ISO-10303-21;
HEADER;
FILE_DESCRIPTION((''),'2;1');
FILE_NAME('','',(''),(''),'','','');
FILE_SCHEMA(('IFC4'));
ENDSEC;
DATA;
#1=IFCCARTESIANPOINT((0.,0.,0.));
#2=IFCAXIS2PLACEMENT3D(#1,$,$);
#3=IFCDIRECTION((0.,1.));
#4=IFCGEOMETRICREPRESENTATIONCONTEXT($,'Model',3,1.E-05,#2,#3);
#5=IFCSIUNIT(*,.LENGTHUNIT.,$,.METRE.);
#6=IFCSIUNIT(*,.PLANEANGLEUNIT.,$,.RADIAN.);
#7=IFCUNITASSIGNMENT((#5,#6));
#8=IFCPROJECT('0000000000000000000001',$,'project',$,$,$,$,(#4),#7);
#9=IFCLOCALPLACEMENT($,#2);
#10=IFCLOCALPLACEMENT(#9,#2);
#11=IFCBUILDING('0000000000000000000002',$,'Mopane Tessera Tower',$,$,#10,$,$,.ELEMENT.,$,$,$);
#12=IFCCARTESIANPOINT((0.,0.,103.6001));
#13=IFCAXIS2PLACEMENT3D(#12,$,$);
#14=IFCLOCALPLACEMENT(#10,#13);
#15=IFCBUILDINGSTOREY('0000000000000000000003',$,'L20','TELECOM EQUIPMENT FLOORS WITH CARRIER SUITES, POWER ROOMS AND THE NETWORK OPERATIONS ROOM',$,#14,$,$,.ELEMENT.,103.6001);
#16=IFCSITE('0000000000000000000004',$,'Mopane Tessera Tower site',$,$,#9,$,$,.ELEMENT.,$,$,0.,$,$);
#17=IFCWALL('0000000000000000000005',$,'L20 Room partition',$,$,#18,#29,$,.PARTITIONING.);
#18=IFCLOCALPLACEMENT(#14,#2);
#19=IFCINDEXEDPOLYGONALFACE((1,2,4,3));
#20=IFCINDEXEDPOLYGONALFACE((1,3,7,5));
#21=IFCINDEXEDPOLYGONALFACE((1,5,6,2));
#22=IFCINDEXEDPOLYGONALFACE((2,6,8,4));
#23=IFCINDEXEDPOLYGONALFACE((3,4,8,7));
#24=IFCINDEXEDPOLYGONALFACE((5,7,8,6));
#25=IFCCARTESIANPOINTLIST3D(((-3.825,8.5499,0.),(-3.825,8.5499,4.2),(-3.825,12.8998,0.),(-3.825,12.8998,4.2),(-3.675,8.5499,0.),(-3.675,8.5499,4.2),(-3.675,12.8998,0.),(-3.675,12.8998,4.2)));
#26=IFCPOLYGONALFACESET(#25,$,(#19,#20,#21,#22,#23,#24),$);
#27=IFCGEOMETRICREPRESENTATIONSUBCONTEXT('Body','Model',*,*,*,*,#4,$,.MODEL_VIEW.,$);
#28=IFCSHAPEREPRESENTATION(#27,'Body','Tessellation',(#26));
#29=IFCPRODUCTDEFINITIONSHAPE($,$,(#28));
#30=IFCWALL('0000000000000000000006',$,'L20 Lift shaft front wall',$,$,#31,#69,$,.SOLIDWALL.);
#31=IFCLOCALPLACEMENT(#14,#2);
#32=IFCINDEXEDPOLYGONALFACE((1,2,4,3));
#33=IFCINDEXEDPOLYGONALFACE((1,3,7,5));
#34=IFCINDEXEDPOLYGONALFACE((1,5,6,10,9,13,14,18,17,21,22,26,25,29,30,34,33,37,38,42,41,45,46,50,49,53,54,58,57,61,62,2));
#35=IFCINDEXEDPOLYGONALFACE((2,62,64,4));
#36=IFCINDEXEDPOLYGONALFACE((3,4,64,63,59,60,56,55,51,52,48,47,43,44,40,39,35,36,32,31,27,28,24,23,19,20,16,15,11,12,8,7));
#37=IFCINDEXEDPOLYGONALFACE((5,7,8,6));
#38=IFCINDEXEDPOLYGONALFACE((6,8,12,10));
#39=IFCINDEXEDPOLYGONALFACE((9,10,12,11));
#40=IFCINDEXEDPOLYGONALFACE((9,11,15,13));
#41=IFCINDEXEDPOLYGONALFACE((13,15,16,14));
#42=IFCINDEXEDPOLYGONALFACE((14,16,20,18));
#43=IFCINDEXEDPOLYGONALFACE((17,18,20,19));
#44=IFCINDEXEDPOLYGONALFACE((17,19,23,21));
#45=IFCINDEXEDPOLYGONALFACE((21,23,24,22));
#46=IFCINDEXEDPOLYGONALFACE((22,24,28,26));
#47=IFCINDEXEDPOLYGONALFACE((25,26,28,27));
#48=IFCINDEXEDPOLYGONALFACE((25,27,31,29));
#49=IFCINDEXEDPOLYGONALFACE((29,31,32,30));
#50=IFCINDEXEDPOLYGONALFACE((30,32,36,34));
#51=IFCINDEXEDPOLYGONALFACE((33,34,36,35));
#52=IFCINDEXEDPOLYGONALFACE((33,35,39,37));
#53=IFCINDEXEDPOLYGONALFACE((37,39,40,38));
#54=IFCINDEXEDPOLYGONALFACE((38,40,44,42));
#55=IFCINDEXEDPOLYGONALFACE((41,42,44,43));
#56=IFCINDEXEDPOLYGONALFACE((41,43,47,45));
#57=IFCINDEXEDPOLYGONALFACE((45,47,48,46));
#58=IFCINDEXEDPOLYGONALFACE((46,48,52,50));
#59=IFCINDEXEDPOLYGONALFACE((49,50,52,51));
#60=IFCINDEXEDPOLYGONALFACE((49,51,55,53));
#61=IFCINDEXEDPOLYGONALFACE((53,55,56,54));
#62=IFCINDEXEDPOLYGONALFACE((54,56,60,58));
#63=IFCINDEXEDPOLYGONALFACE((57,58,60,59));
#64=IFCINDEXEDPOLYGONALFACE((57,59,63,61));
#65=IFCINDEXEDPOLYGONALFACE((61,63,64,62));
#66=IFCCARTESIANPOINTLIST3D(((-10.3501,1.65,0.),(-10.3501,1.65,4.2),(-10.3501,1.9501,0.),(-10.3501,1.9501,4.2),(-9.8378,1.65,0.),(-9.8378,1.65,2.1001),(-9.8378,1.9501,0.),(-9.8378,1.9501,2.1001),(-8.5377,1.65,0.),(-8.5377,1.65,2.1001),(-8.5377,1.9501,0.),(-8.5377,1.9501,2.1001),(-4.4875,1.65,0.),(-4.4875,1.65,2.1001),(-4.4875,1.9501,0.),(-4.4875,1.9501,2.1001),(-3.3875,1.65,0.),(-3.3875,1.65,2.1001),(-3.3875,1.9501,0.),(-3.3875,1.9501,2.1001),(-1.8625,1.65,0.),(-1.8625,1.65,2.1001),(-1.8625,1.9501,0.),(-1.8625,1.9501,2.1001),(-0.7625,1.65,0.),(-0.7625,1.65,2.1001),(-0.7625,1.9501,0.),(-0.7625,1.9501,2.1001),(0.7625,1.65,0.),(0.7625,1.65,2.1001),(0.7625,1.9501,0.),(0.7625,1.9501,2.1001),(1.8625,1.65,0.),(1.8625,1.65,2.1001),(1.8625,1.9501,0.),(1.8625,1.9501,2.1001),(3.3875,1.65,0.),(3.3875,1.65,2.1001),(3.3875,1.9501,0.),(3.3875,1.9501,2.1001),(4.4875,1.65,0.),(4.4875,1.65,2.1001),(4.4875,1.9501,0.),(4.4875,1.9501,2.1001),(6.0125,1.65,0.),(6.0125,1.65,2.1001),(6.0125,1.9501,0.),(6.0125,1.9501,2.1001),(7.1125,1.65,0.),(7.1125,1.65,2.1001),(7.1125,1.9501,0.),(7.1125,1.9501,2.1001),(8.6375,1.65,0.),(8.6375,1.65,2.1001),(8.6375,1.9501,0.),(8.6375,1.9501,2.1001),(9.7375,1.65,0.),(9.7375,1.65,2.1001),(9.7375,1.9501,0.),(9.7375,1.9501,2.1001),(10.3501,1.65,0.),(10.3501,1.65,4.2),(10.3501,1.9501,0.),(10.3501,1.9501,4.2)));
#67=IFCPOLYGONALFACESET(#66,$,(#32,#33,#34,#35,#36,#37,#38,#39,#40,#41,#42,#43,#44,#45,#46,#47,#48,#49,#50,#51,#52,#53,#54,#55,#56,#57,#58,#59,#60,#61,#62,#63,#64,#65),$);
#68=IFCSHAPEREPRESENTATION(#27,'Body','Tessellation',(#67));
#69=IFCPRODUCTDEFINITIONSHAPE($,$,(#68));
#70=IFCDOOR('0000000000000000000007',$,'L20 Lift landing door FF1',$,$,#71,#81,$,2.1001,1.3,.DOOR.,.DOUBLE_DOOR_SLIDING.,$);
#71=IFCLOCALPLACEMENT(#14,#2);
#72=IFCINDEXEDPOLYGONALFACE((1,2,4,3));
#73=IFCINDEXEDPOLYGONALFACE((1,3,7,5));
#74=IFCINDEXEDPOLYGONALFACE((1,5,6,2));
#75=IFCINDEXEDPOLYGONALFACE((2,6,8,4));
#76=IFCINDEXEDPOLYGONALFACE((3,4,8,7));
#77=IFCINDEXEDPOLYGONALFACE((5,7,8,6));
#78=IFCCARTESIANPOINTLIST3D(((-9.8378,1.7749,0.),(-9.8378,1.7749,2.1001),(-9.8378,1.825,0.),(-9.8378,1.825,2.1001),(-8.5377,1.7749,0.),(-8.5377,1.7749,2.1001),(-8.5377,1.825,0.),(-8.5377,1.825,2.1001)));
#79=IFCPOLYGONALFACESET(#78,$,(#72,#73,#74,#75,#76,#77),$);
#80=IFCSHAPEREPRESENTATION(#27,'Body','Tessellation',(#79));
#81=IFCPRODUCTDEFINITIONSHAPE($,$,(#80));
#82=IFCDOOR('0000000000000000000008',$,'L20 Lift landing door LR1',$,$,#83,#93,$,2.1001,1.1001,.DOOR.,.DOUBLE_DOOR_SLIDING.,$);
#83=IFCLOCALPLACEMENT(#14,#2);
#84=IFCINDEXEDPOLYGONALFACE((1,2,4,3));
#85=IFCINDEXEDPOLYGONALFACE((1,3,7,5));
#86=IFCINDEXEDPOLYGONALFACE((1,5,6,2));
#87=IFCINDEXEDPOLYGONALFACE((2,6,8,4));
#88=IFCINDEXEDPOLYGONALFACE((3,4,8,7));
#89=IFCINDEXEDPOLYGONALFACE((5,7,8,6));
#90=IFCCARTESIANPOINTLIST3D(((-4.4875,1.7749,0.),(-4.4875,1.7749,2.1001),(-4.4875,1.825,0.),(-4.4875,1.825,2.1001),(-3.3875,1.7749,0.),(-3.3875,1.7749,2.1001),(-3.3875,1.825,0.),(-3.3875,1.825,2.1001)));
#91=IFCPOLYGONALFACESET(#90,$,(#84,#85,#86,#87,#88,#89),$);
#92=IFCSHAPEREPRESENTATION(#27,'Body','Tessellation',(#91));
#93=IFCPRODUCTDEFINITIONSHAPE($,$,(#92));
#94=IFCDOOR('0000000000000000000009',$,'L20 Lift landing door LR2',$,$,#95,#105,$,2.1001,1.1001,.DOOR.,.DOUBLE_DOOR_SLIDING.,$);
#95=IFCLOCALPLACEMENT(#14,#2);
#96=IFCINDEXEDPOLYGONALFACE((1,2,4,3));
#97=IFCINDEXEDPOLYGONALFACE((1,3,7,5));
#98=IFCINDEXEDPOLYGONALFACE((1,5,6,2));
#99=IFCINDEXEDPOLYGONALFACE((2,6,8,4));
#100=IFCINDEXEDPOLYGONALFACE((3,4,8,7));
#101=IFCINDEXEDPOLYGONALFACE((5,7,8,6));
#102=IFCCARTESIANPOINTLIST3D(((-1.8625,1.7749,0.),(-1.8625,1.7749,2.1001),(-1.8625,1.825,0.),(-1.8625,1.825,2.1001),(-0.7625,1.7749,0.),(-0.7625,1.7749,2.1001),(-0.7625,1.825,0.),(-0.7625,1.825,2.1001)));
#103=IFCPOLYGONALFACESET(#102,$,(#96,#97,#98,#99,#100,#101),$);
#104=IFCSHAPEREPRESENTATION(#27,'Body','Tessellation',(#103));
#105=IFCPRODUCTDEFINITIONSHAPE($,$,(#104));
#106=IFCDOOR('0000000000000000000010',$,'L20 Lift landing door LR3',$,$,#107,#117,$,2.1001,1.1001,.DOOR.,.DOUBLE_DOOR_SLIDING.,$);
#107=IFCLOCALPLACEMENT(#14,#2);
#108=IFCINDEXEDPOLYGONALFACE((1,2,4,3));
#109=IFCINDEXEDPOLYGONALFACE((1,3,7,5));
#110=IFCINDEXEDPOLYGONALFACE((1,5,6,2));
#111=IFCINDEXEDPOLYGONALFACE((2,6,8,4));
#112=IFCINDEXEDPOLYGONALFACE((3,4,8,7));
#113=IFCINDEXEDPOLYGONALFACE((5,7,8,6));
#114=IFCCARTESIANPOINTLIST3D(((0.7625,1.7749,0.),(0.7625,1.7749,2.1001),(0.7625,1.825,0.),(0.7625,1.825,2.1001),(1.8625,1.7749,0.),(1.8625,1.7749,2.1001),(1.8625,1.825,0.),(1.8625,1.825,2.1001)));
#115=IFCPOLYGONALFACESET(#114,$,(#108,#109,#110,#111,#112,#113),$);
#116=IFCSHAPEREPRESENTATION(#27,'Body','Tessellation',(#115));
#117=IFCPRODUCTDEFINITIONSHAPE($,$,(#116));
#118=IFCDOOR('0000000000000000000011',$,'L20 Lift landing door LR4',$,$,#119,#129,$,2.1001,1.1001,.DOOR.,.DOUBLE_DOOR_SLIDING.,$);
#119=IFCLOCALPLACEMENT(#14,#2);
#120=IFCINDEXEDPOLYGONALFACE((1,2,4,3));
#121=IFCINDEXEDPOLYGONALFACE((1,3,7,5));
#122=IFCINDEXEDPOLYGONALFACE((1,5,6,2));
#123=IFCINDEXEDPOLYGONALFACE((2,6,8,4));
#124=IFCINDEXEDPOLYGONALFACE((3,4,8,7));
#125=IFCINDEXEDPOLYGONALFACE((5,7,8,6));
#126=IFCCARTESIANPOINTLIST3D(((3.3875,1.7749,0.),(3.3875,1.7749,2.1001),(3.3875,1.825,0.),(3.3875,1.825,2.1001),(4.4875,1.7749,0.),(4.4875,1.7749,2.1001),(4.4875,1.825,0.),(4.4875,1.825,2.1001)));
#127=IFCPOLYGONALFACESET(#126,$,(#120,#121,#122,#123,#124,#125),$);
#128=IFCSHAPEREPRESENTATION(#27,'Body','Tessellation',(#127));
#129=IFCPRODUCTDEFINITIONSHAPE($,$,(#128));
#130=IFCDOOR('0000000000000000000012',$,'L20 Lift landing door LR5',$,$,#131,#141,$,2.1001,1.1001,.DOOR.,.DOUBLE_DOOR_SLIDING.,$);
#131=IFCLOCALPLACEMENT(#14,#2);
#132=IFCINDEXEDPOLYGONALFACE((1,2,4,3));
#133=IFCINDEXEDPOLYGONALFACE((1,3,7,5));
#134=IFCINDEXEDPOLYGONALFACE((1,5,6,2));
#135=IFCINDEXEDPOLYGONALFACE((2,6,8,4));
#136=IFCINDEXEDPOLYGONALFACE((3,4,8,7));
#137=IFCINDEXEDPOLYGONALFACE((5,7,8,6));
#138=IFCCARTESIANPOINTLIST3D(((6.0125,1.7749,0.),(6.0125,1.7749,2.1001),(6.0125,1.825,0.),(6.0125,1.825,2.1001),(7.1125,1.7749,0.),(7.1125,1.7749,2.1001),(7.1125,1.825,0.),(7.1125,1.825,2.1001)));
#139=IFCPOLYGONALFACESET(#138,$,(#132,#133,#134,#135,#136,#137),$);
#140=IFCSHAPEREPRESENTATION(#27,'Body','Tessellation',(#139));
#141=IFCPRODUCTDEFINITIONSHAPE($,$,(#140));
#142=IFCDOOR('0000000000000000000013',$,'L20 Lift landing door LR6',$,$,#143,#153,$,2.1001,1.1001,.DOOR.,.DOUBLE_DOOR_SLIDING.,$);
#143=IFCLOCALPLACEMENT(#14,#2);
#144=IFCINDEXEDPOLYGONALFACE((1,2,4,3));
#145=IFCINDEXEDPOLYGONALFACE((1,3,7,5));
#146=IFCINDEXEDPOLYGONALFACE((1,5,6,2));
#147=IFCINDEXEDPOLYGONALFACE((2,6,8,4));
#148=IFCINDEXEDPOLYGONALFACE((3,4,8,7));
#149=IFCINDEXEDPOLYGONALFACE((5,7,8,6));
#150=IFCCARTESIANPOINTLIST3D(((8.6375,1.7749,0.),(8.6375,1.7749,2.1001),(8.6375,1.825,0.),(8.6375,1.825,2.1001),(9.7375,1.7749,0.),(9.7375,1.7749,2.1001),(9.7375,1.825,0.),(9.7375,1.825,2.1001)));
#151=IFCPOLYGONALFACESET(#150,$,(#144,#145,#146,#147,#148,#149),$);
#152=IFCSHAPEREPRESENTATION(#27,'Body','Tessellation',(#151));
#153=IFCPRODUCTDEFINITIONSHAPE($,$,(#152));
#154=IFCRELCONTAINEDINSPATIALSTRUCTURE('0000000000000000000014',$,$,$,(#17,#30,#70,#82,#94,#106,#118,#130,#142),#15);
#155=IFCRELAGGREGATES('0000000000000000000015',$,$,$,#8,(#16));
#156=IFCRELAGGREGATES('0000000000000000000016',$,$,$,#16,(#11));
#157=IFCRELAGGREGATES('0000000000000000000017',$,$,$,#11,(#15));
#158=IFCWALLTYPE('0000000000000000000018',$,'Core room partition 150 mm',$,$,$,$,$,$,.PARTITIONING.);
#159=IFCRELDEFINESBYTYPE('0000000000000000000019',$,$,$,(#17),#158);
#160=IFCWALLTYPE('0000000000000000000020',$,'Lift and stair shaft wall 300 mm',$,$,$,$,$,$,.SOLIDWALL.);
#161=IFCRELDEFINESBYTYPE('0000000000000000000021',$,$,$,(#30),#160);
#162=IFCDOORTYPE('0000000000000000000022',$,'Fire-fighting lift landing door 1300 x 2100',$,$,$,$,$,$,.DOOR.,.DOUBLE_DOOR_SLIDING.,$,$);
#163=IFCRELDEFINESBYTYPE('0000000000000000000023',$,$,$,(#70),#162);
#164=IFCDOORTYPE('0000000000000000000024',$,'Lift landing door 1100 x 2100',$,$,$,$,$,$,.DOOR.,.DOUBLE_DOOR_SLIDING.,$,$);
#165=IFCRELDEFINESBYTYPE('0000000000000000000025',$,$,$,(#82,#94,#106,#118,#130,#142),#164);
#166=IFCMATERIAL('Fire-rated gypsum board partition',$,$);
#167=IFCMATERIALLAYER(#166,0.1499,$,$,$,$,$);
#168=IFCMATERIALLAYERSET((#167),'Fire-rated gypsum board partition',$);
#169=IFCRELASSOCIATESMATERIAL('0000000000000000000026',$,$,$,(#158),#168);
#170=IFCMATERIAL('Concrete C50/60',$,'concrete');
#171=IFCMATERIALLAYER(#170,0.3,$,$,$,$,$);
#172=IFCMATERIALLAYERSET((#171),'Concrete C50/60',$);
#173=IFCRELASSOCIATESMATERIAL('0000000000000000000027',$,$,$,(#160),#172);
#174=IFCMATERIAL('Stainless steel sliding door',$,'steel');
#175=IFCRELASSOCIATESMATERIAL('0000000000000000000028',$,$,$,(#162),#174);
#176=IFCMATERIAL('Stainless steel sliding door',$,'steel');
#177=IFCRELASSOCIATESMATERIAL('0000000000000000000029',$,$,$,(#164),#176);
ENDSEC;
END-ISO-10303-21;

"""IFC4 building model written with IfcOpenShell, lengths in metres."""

from ifc_helpers import new_model, si_unit, direction, frame, frame_2d, origin, place, context, subcontext, project, spatial, rectangle, extrude, material, layer, layer_set, type_object, element, fill, save


model = new_model("IFC4")

# Units and contexts
model_context = context("Model", 3, precision=1e-05, world=origin(), true_north=direction((0.0, 1.0)))
body_context = subcontext(model_context, "Body", "Model", "MODEL_VIEW")
ifc_project = project(units=[si_unit("LENGTHUNIT", "METRE"), si_unit("PLANEANGLEUNIT", "RADIAN")], contexts=[model_context])

# Site, building, storey
site_placement = place(None, origin())
site = spatial("IfcSite", under=ifc_project, at=site_placement, Name="Mopane Tessera Tower site", CompositionType="ELEMENT", RefElevation=0.0)
building_placement = place(site_placement, origin())
building = spatial("IfcBuilding", under=site, at=building_placement, Name="Mopane Tessera Tower", CompositionType="ELEMENT")
storey_placement = place(building_placement, frame((0.0, 0.0, 103.6001)))
storey = spatial("IfcBuildingStorey", under=building, at=storey_placement, Name="L20", Description="TELECOM EQUIPMENT FLOORS WITH CARRIER SUITES, POWER ROOMS AND THE NETWORK OPERATIONS ROOM", CompositionType="ELEMENT", Elevation=103.6001)

# Wall
ifc_material_1 = material(Name="Fire-rated gypsum board partition")
ifc_layer_1 = layer(ifc_material_1, 0.1499)
ifc_layer_set_1 = layer_set([ifc_layer_1], Name="Fire-rated gypsum board partition")
wall_type_1 = type_object("IfcWallType", Name="Core room partition 150 mm", PredefinedType="PARTITIONING", material=ifc_layer_set_1)
wall_1_placement = place(storey_placement, frame((-3.75, 8.55, 0.0), z_axis=(0.0, 0.0, 1.0), x_axis=(0.0, 1.0, 0.0)))
element("IfcWall", 1, at=wall_1_placement, inside=storey, type_object=wall_type_1, Name="L20 Room partition", PredefinedType="PARTITIONING", context=body_context, shape_type="SweptSolid", body=[
    extrude(rectangle(XDim=4.3499, YDim=0.1499, at=frame_2d((2.1748, 0.0))), origin(), (0.0, 0.0, 1.0), 4.2),
])

# Wall, openings, doors
ifc_material_2 = material(Name="Concrete C50/60", Category="concrete")
ifc_layer_2 = layer(ifc_material_2, 0.3)
ifc_layer_set_2 = layer_set([ifc_layer_2], Name="Concrete C50/60")
wall_type_2 = type_object("IfcWallType", Name="Lift and stair shaft wall 300 mm", PredefinedType="SOLIDWALL", material=ifc_layer_set_2)
wall_2_placement = place(storey_placement, frame((-10.3501, 1.8, 0.0), z_axis=(0.0, 0.0, 1.0), x_axis=(1.0, 0.0, 0.0)))
wall_2 = element("IfcWall", 2, at=wall_2_placement, inside=storey, type_object=wall_type_2, Name="L20 Lift shaft front wall", PredefinedType="SOLIDWALL", context=body_context, shape_type="SweptSolid", body=[
    extrude(rectangle(XDim=20.7002, YDim=0.3, at=frame_2d((10.3501, 0.0))), origin(), (0.0, 0.0, 1.0), 4.2),
])
opening_1_placement = place(wall_2_placement, frame((0.5125, 0.0, 0.0)))
opening_1 = element("IfcOpeningElement", 3, at=opening_1_placement, cuts=wall_2, PredefinedType="OPENING", context=body_context, shape_type="SweptSolid", body=[
    extrude(rectangle(XDim=1.3, YDim=2.1001, at=frame_2d((0.6499, 1.05))), frame((0.0, 0.1621, 0.0), z_axis=(0.0, -1.0, 0.0), x_axis=(1.0, 0.0, 0.0)), (0.0, 0.0, 1.0), 0.324),
])
opening_2_placement = place(wall_2_placement, frame((5.8625, 0.0, 0.0)))
opening_2 = element("IfcOpeningElement", 4, at=opening_2_placement, cuts=wall_2, PredefinedType="OPENING", context=body_context, shape_type="SweptSolid", body=[
    extrude(rectangle(XDim=1.1001, YDim=2.1001, at=frame_2d((0.55, 1.05))), frame((0.0, 0.1621, 0.0), z_axis=(0.0, -1.0, 0.0), x_axis=(1.0, 0.0, 0.0)), (0.0, 0.0, 1.0), 0.324),
])
opening_3_placement = place(wall_2_placement, frame((8.4875, 0.0, 0.0)))
opening_3 = element("IfcOpeningElement", 5, at=opening_3_placement, cuts=wall_2, PredefinedType="OPENING", context=body_context, shape_type="SweptSolid", body=[
    extrude(rectangle(XDim=1.1001, YDim=2.1001, at=frame_2d((0.55, 1.05))), frame((0.0, 0.1621, 0.0), z_axis=(0.0, -1.0, 0.0), x_axis=(1.0, 0.0, 0.0)), (0.0, 0.0, 1.0), 0.324),
])
opening_4_placement = place(wall_2_placement, frame((11.1125, 0.0, 0.0)))
opening_4 = element("IfcOpeningElement", 6, at=opening_4_placement, cuts=wall_2, PredefinedType="OPENING", context=body_context, shape_type="SweptSolid", body=[
    extrude(rectangle(XDim=1.1001, YDim=2.1001, at=frame_2d((0.55, 1.05))), frame((0.0, 0.1621, 0.0), z_axis=(0.0, -1.0, 0.0), x_axis=(1.0, 0.0, 0.0)), (0.0, 0.0, 1.0), 0.324),
])
opening_5_placement = place(wall_2_placement, frame((13.7375, 0.0, 0.0)))
opening_5 = element("IfcOpeningElement", 7, at=opening_5_placement, cuts=wall_2, PredefinedType="OPENING", context=body_context, shape_type="SweptSolid", body=[
    extrude(rectangle(XDim=1.1001, YDim=2.1001, at=frame_2d((0.55, 1.05))), frame((0.0, 0.1621, 0.0), z_axis=(0.0, -1.0, 0.0), x_axis=(1.0, 0.0, 0.0)), (0.0, 0.0, 1.0), 0.324),
])
opening_6_placement = place(wall_2_placement, frame((16.3625, 0.0, 0.0)))
opening_6 = element("IfcOpeningElement", 8, at=opening_6_placement, cuts=wall_2, PredefinedType="OPENING", context=body_context, shape_type="SweptSolid", body=[
    extrude(rectangle(XDim=1.1001, YDim=2.1001, at=frame_2d((0.55, 1.05))), frame((0.0, 0.1621, 0.0), z_axis=(0.0, -1.0, 0.0), x_axis=(1.0, 0.0, 0.0)), (0.0, 0.0, 1.0), 0.324),
])
opening_7_placement = place(wall_2_placement, frame((18.9875, 0.0, 0.0)))
opening_7 = element("IfcOpeningElement", 9, at=opening_7_placement, cuts=wall_2, PredefinedType="OPENING", context=body_context, shape_type="SweptSolid", body=[
    extrude(rectangle(XDim=1.1001, YDim=2.1001, at=frame_2d((0.55, 1.05))), frame((0.0, 0.1621, 0.0), z_axis=(0.0, -1.0, 0.0), x_axis=(1.0, 0.0, 0.0)), (0.0, 0.0, 1.0), 0.324),
])
ifc_material_3 = material(Name="Stainless steel sliding door", Category="steel")
door_type_1 = type_object("IfcDoorType", Name="Fire-fighting lift landing door 1300 x 2100", OperationType="DOUBLE_DOOR_SLIDING", PredefinedType="DOOR", material=ifc_material_3)
door_1_placement = place(opening_1_placement, origin())
door_1 = element("IfcDoor", 10, at=door_1_placement, inside=storey, type_object=door_type_1, Name="L20 Lift landing door FF1", OperationType="DOUBLE_DOOR_SLIDING", OverallHeight=2.1001, OverallWidth=1.3, PredefinedType="DOOR", context=body_context, shape_type="SweptSolid", body=[
    extrude(rectangle(XDim=1.3, YDim=2.1001, at=frame_2d((0.6499, 1.05))), frame((0.0, 0.0249, 0.0), z_axis=(0.0, -1.0, 0.0), x_axis=(1.0, 0.0, 0.0)), (0.0, 0.0, 1.0), 0.05),
])
fill(opening_1, door_1)
ifc_material_4 = material(Name="Stainless steel sliding door", Category="steel")
door_type_2 = type_object("IfcDoorType", Name="Lift landing door 1100 x 2100", OperationType="DOUBLE_DOOR_SLIDING", PredefinedType="DOOR", material=ifc_material_4)
door_2_placement = place(opening_2_placement, origin())
door_2 = element("IfcDoor", 11, at=door_2_placement, inside=storey, type_object=door_type_2, Name="L20 Lift landing door LR1", OperationType="DOUBLE_DOOR_SLIDING", OverallHeight=2.1001, OverallWidth=1.1001, PredefinedType="DOOR", context=body_context, shape_type="SweptSolid", body=[
    extrude(rectangle(XDim=1.1001, YDim=2.1001, at=frame_2d((0.55, 1.05))), frame((0.0, 0.0249, 0.0), z_axis=(0.0, -1.0, 0.0), x_axis=(1.0, 0.0, 0.0)), (0.0, 0.0, 1.0), 0.05),
])
fill(opening_2, door_2)
door_3_placement = place(opening_3_placement, origin())
door_3 = element("IfcDoor", 12, at=door_3_placement, inside=storey, type_object=door_type_2, Name="L20 Lift landing door LR2", OperationType="DOUBLE_DOOR_SLIDING", OverallHeight=2.1001, OverallWidth=1.1001, PredefinedType="DOOR", context=body_context, shape_type="SweptSolid", body=[
    extrude(rectangle(XDim=1.1001, YDim=2.1001, at=frame_2d((0.55, 1.05))), frame((0.0, 0.0249, 0.0), z_axis=(0.0, -1.0, 0.0), x_axis=(1.0, 0.0, 0.0)), (0.0, 0.0, 1.0), 0.05),
])
fill(opening_3, door_3)
door_4_placement = place(opening_4_placement, origin())
door_4 = element("IfcDoor", 13, at=door_4_placement, inside=storey, type_object=door_type_2, Name="L20 Lift landing door LR3", OperationType="DOUBLE_DOOR_SLIDING", OverallHeight=2.1001, OverallWidth=1.1001, PredefinedType="DOOR", context=body_context, shape_type="SweptSolid", body=[
    extrude(rectangle(XDim=1.1001, YDim=2.1001, at=frame_2d((0.55, 1.05))), frame((0.0, 0.0249, 0.0), z_axis=(0.0, -1.0, 0.0), x_axis=(1.0, 0.0, 0.0)), (0.0, 0.0, 1.0), 0.05),
])
fill(opening_4, door_4)
door_5_placement = place(opening_5_placement, origin())
door_5 = element("IfcDoor", 14, at=door_5_placement, inside=storey, type_object=door_type_2, Name="L20 Lift landing door LR4", OperationType="DOUBLE_DOOR_SLIDING", OverallHeight=2.1001, OverallWidth=1.1001, PredefinedType="DOOR", context=body_context, shape_type="SweptSolid", body=[
    extrude(rectangle(XDim=1.1001, YDim=2.1001, at=frame_2d((0.55, 1.05))), frame((0.0, 0.0249, 0.0), z_axis=(0.0, -1.0, 0.0), x_axis=(1.0, 0.0, 0.0)), (0.0, 0.0, 1.0), 0.05),
])
fill(opening_5, door_5)
door_6_placement = place(opening_6_placement, origin())
door_6 = element("IfcDoor", 15, at=door_6_placement, inside=storey, type_object=door_type_2, Name="L20 Lift landing door LR5", OperationType="DOUBLE_DOOR_SLIDING", OverallHeight=2.1001, OverallWidth=1.1001, PredefinedType="DOOR", context=body_context, shape_type="SweptSolid", body=[
    extrude(rectangle(XDim=1.1001, YDim=2.1001, at=frame_2d((0.55, 1.05))), frame((0.0, 0.0249, 0.0), z_axis=(0.0, -1.0, 0.0), x_axis=(1.0, 0.0, 0.0)), (0.0, 0.0, 1.0), 0.05),
])
fill(opening_6, door_6)
door_7_placement = place(opening_7_placement, origin())
door_7 = element("IfcDoor", 16, at=door_7_placement, inside=storey, type_object=door_type_2, Name="L20 Lift landing door LR6", OperationType="DOUBLE_DOOR_SLIDING", OverallHeight=2.1001, OverallWidth=1.1001, PredefinedType="DOOR", context=body_context, shape_type="SweptSolid", body=[
    extrude(rectangle(XDim=1.1001, YDim=2.1001, at=frame_2d((0.55, 1.05))), frame((0.0, 0.0249, 0.0), z_axis=(0.0, -1.0, 0.0), x_axis=(1.0, 0.0, 0.0)), (0.0, 0.0, 1.0), 0.05),
])
fill(opening_7, door_7)

save(model, "model.ifc")
